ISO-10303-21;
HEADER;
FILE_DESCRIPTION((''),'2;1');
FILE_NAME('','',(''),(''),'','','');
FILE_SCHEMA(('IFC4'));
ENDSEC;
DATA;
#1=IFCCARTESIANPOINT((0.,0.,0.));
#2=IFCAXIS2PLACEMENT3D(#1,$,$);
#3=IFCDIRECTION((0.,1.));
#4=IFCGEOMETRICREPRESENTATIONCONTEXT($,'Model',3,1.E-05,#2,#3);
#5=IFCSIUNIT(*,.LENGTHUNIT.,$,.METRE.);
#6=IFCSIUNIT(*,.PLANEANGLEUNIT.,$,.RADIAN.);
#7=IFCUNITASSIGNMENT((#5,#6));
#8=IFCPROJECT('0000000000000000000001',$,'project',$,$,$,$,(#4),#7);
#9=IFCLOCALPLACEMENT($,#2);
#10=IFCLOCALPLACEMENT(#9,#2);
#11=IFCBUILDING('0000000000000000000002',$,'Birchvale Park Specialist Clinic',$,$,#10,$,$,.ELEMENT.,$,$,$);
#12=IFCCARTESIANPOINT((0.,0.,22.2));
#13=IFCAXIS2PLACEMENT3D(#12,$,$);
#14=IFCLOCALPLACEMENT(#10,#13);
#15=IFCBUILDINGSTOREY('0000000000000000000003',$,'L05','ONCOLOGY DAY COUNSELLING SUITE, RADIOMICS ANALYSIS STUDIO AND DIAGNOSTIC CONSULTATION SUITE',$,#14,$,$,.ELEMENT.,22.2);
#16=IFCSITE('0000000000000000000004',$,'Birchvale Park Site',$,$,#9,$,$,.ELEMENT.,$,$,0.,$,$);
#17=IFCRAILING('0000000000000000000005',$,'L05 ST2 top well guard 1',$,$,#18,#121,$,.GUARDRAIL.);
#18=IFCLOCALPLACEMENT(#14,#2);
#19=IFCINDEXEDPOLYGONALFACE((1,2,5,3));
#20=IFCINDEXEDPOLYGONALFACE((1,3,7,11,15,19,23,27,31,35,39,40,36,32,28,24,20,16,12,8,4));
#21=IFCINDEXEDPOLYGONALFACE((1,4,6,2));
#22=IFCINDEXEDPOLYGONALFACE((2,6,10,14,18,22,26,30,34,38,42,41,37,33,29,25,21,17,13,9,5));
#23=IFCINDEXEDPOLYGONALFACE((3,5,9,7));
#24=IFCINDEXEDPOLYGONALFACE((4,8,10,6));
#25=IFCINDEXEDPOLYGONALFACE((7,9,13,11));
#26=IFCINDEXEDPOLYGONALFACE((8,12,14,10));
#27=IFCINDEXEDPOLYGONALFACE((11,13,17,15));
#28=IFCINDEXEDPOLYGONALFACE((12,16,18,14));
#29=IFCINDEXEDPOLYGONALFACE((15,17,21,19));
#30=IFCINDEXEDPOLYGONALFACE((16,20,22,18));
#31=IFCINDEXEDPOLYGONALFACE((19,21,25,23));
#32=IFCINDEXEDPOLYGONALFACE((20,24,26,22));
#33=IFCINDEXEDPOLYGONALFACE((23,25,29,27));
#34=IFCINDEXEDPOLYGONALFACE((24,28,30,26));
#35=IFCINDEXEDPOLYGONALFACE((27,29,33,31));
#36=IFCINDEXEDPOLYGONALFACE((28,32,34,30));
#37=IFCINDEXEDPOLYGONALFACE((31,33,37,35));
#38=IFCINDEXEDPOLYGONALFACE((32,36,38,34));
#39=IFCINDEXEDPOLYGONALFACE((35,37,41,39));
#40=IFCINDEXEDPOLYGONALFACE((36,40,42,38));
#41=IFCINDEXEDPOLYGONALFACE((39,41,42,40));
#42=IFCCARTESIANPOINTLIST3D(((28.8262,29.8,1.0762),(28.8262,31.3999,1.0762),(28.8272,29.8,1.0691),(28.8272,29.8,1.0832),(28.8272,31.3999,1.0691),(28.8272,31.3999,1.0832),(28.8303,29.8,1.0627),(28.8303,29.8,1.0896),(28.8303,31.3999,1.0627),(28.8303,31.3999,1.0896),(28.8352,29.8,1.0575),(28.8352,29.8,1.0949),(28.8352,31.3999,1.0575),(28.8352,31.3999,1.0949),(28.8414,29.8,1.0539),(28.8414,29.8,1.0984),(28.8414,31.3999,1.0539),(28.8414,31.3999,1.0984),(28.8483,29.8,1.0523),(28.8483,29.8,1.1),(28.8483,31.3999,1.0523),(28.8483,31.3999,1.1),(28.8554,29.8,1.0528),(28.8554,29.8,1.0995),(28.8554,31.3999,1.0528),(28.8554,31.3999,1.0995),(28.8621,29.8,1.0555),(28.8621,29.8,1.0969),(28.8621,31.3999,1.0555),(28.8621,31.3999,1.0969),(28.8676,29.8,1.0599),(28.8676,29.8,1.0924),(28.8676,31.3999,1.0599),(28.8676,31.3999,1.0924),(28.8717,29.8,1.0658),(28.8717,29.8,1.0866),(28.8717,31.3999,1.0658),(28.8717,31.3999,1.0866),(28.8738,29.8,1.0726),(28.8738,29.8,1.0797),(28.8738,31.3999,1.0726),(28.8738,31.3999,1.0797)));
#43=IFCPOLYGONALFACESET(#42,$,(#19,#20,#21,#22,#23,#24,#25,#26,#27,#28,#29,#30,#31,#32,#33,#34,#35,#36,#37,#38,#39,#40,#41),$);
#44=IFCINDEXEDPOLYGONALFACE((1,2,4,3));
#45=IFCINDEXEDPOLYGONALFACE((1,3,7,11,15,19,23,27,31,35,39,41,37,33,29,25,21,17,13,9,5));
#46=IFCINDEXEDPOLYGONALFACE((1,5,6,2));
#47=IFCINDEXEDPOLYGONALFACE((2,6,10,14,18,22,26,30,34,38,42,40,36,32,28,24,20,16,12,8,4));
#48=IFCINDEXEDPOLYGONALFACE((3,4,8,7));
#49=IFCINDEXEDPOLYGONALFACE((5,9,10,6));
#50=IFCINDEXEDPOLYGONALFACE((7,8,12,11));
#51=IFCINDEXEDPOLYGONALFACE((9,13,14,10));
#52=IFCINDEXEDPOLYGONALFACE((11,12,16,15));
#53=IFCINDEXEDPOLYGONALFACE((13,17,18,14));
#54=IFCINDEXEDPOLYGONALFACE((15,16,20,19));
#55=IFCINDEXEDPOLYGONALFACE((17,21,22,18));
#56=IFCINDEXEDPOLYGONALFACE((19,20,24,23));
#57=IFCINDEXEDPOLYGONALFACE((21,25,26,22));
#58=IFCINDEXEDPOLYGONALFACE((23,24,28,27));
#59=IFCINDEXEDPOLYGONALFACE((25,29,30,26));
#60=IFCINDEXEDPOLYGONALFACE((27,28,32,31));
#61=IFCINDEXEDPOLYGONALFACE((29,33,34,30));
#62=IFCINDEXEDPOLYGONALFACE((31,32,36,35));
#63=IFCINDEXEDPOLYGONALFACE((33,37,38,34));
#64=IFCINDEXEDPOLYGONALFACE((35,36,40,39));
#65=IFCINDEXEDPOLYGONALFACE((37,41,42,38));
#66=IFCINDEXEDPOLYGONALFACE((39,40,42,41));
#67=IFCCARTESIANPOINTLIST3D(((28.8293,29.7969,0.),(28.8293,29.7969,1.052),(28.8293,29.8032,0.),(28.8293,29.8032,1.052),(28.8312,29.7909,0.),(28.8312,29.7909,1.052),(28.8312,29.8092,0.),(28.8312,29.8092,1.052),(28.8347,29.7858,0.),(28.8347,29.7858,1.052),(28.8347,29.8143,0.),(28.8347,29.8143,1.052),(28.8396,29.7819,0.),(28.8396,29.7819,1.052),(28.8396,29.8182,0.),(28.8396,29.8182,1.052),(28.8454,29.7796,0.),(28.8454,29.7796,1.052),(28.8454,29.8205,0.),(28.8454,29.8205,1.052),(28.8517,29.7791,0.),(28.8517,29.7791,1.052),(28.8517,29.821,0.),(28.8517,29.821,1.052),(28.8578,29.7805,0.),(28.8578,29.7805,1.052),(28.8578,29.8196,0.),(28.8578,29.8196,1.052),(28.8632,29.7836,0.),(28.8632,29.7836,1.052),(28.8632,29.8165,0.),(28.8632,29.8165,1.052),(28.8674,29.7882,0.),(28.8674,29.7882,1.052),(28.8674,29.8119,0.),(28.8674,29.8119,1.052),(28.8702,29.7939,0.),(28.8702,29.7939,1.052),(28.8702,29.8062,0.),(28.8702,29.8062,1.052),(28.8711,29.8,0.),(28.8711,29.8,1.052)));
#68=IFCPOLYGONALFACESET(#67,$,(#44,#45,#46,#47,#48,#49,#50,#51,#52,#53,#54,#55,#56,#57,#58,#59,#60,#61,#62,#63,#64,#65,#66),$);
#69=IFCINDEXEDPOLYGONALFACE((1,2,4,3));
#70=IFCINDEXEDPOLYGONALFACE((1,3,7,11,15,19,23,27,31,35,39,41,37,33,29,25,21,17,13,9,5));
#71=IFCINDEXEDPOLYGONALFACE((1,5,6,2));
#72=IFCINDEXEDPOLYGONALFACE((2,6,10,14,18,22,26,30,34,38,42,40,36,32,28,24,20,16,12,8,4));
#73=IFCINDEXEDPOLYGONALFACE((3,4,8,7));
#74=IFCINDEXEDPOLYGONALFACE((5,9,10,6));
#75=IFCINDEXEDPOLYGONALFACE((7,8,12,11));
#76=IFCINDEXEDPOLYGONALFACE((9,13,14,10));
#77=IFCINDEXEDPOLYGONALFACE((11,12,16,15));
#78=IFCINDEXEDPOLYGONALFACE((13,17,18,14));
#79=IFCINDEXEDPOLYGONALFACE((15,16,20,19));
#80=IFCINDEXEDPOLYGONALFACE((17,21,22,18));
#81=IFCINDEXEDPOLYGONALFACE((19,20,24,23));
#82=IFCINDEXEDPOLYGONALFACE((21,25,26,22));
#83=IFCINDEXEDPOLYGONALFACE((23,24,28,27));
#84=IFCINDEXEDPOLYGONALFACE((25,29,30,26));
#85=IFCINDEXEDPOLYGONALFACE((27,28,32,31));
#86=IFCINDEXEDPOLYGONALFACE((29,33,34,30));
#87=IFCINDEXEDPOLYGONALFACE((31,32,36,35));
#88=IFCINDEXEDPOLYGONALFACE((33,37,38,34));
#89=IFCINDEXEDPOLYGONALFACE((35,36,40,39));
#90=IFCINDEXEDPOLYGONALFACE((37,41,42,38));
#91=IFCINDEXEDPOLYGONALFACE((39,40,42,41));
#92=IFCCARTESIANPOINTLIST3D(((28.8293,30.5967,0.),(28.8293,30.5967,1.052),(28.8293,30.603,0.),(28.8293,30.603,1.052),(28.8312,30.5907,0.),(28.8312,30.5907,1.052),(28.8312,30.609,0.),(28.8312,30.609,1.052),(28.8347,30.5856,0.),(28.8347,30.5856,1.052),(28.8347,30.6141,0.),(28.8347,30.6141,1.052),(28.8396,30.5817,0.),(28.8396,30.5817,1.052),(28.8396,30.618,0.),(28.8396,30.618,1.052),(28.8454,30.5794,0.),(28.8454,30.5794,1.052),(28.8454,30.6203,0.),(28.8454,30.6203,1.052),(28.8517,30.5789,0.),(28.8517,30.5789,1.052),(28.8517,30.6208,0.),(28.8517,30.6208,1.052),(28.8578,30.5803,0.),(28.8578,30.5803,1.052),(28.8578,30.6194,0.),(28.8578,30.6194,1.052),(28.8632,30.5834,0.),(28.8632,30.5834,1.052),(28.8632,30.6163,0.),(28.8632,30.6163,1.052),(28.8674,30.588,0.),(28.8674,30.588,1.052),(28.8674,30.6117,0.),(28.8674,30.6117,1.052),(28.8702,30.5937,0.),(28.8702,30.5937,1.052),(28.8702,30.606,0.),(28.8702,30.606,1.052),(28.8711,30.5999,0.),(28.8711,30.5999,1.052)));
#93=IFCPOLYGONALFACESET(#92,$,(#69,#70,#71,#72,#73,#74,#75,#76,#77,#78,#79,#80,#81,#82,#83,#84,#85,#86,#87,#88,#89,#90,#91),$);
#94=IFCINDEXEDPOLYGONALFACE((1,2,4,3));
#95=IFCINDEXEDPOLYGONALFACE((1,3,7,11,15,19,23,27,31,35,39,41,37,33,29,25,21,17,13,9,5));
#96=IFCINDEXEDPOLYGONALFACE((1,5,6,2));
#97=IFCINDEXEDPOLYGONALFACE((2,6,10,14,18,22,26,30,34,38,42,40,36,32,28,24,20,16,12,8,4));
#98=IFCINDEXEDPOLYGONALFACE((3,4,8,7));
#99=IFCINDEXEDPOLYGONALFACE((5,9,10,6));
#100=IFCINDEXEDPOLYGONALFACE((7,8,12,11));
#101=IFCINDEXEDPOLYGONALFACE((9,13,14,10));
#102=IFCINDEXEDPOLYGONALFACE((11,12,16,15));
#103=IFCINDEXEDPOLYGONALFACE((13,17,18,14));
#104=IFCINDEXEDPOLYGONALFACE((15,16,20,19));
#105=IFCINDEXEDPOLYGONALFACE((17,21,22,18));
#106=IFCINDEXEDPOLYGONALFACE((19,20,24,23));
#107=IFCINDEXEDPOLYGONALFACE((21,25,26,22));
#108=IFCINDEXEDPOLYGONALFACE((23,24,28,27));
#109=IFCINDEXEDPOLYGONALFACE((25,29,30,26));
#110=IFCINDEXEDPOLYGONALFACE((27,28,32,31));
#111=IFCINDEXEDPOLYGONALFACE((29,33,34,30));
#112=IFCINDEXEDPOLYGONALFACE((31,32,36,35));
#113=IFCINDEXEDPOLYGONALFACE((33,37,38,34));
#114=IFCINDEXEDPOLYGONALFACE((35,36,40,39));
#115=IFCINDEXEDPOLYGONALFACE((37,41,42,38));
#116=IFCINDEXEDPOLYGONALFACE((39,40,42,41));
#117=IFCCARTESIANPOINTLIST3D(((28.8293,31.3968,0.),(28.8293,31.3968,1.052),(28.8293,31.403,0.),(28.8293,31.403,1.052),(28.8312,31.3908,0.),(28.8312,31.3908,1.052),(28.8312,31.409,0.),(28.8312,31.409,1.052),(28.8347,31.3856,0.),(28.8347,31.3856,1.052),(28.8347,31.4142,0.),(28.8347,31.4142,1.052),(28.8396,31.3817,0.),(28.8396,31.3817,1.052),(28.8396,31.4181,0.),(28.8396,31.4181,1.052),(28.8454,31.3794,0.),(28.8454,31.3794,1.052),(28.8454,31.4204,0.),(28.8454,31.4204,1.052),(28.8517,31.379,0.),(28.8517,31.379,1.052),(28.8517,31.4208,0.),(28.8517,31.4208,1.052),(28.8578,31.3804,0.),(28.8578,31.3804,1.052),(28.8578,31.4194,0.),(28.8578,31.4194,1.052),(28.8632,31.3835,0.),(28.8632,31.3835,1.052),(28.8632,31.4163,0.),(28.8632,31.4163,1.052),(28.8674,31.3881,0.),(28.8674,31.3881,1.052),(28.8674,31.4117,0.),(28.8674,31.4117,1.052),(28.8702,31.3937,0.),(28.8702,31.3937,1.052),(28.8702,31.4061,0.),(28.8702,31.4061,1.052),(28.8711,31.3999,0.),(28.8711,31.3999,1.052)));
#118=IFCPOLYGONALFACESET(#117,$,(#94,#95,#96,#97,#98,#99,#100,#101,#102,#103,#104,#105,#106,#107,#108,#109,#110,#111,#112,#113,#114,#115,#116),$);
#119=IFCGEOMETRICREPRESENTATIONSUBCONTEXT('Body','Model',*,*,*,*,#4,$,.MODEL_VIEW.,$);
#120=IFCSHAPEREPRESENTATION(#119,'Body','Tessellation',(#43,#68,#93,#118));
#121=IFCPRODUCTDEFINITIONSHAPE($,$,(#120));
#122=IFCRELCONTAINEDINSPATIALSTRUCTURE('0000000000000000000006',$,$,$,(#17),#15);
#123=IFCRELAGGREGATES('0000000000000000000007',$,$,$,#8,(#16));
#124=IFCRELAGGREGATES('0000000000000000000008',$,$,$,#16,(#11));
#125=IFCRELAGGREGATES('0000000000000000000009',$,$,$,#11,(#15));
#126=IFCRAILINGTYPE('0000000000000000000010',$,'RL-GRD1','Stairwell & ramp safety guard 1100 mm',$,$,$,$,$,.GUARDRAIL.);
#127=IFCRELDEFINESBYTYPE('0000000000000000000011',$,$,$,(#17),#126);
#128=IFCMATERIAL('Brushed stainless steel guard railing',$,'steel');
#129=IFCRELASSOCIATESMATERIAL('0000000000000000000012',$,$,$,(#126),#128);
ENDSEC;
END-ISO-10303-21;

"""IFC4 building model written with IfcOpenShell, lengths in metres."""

from ifc_helpers import new_model, si_unit, direction, frame, origin, origin_2d, place, context, subcontext, project, spatial, circle, extrude, material, type_object, element, save


model = new_model("IFC4")

# Units and contexts
model_context = context("Model", 3, precision=1e-05, world=origin(), true_north=direction((0.0, 1.0)))
body_context = subcontext(model_context, "Body", "Model", "MODEL_VIEW")
ifc_project = project(units=[si_unit("LENGTHUNIT", "METRE"), si_unit("PLANEANGLEUNIT", "RADIAN")], contexts=[model_context])

# Site, building, storey
site_placement = place(None, origin())
site = spatial("IfcSite", under=ifc_project, at=site_placement, Name="Birchvale Park Site", CompositionType="ELEMENT", RefElevation=0.0)
building_placement = place(site_placement, origin())
building = spatial("IfcBuilding", under=site, at=building_placement, Name="Birchvale Park Specialist Clinic", CompositionType="ELEMENT")
storey_placement = place(building_placement, frame((0.0, 0.0, 22.2)))
storey = spatial("IfcBuildingStorey", under=building, at=storey_placement, Name="L05", Description="ONCOLOGY DAY COUNSELLING SUITE, RADIOMICS ANALYSIS STUDIO AND DIAGNOSTIC CONSULTATION SUITE", CompositionType="ELEMENT", Elevation=22.2)

# Railing
ifc_material_1 = material(Name="Brushed stainless steel guard railing", Category="steel")
railing_type = type_object("IfcRailingType", Name="RL-GRD1", Description="Stairwell & ramp safety guard 1100 mm", PredefinedType="GUARDRAIL", material=ifc_material_1)
railing_placement = place(storey_placement, frame((28.8501, 29.8, 0.0)))
element("IfcRailing", 1, at=railing_placement, inside=storey, type_object=railing_type, Name="L05 ST2 top well guard 1", PredefinedType="GUARDRAIL", context=body_context, shape_type="SweptSolid", body=[
    extrude(circle(Radius=0.0239, at=origin_2d()), frame((0.0, 0.0, 1.0762), z_axis=(0.0, 1.0, 0.0), x_axis=(-1.0, 0.0, 0.0)), (0.0, 0.0, 1.0), 1.5999),
    extrude(circle(Radius=0.021, at=origin_2d()), origin(), (0.0, 0.0, 1.0), 1.052),
    extrude(circle(Radius=0.021, at=origin_2d()), frame((0.0, 0.7998, 0.0)), (0.0, 0.0, 1.0), 1.052),
    extrude(circle(Radius=0.021, at=origin_2d()), frame((0.0, 1.5999, 0.0)), (0.0, 0.0, 1.0), 1.052),
])

save(model, "model.ifc")
